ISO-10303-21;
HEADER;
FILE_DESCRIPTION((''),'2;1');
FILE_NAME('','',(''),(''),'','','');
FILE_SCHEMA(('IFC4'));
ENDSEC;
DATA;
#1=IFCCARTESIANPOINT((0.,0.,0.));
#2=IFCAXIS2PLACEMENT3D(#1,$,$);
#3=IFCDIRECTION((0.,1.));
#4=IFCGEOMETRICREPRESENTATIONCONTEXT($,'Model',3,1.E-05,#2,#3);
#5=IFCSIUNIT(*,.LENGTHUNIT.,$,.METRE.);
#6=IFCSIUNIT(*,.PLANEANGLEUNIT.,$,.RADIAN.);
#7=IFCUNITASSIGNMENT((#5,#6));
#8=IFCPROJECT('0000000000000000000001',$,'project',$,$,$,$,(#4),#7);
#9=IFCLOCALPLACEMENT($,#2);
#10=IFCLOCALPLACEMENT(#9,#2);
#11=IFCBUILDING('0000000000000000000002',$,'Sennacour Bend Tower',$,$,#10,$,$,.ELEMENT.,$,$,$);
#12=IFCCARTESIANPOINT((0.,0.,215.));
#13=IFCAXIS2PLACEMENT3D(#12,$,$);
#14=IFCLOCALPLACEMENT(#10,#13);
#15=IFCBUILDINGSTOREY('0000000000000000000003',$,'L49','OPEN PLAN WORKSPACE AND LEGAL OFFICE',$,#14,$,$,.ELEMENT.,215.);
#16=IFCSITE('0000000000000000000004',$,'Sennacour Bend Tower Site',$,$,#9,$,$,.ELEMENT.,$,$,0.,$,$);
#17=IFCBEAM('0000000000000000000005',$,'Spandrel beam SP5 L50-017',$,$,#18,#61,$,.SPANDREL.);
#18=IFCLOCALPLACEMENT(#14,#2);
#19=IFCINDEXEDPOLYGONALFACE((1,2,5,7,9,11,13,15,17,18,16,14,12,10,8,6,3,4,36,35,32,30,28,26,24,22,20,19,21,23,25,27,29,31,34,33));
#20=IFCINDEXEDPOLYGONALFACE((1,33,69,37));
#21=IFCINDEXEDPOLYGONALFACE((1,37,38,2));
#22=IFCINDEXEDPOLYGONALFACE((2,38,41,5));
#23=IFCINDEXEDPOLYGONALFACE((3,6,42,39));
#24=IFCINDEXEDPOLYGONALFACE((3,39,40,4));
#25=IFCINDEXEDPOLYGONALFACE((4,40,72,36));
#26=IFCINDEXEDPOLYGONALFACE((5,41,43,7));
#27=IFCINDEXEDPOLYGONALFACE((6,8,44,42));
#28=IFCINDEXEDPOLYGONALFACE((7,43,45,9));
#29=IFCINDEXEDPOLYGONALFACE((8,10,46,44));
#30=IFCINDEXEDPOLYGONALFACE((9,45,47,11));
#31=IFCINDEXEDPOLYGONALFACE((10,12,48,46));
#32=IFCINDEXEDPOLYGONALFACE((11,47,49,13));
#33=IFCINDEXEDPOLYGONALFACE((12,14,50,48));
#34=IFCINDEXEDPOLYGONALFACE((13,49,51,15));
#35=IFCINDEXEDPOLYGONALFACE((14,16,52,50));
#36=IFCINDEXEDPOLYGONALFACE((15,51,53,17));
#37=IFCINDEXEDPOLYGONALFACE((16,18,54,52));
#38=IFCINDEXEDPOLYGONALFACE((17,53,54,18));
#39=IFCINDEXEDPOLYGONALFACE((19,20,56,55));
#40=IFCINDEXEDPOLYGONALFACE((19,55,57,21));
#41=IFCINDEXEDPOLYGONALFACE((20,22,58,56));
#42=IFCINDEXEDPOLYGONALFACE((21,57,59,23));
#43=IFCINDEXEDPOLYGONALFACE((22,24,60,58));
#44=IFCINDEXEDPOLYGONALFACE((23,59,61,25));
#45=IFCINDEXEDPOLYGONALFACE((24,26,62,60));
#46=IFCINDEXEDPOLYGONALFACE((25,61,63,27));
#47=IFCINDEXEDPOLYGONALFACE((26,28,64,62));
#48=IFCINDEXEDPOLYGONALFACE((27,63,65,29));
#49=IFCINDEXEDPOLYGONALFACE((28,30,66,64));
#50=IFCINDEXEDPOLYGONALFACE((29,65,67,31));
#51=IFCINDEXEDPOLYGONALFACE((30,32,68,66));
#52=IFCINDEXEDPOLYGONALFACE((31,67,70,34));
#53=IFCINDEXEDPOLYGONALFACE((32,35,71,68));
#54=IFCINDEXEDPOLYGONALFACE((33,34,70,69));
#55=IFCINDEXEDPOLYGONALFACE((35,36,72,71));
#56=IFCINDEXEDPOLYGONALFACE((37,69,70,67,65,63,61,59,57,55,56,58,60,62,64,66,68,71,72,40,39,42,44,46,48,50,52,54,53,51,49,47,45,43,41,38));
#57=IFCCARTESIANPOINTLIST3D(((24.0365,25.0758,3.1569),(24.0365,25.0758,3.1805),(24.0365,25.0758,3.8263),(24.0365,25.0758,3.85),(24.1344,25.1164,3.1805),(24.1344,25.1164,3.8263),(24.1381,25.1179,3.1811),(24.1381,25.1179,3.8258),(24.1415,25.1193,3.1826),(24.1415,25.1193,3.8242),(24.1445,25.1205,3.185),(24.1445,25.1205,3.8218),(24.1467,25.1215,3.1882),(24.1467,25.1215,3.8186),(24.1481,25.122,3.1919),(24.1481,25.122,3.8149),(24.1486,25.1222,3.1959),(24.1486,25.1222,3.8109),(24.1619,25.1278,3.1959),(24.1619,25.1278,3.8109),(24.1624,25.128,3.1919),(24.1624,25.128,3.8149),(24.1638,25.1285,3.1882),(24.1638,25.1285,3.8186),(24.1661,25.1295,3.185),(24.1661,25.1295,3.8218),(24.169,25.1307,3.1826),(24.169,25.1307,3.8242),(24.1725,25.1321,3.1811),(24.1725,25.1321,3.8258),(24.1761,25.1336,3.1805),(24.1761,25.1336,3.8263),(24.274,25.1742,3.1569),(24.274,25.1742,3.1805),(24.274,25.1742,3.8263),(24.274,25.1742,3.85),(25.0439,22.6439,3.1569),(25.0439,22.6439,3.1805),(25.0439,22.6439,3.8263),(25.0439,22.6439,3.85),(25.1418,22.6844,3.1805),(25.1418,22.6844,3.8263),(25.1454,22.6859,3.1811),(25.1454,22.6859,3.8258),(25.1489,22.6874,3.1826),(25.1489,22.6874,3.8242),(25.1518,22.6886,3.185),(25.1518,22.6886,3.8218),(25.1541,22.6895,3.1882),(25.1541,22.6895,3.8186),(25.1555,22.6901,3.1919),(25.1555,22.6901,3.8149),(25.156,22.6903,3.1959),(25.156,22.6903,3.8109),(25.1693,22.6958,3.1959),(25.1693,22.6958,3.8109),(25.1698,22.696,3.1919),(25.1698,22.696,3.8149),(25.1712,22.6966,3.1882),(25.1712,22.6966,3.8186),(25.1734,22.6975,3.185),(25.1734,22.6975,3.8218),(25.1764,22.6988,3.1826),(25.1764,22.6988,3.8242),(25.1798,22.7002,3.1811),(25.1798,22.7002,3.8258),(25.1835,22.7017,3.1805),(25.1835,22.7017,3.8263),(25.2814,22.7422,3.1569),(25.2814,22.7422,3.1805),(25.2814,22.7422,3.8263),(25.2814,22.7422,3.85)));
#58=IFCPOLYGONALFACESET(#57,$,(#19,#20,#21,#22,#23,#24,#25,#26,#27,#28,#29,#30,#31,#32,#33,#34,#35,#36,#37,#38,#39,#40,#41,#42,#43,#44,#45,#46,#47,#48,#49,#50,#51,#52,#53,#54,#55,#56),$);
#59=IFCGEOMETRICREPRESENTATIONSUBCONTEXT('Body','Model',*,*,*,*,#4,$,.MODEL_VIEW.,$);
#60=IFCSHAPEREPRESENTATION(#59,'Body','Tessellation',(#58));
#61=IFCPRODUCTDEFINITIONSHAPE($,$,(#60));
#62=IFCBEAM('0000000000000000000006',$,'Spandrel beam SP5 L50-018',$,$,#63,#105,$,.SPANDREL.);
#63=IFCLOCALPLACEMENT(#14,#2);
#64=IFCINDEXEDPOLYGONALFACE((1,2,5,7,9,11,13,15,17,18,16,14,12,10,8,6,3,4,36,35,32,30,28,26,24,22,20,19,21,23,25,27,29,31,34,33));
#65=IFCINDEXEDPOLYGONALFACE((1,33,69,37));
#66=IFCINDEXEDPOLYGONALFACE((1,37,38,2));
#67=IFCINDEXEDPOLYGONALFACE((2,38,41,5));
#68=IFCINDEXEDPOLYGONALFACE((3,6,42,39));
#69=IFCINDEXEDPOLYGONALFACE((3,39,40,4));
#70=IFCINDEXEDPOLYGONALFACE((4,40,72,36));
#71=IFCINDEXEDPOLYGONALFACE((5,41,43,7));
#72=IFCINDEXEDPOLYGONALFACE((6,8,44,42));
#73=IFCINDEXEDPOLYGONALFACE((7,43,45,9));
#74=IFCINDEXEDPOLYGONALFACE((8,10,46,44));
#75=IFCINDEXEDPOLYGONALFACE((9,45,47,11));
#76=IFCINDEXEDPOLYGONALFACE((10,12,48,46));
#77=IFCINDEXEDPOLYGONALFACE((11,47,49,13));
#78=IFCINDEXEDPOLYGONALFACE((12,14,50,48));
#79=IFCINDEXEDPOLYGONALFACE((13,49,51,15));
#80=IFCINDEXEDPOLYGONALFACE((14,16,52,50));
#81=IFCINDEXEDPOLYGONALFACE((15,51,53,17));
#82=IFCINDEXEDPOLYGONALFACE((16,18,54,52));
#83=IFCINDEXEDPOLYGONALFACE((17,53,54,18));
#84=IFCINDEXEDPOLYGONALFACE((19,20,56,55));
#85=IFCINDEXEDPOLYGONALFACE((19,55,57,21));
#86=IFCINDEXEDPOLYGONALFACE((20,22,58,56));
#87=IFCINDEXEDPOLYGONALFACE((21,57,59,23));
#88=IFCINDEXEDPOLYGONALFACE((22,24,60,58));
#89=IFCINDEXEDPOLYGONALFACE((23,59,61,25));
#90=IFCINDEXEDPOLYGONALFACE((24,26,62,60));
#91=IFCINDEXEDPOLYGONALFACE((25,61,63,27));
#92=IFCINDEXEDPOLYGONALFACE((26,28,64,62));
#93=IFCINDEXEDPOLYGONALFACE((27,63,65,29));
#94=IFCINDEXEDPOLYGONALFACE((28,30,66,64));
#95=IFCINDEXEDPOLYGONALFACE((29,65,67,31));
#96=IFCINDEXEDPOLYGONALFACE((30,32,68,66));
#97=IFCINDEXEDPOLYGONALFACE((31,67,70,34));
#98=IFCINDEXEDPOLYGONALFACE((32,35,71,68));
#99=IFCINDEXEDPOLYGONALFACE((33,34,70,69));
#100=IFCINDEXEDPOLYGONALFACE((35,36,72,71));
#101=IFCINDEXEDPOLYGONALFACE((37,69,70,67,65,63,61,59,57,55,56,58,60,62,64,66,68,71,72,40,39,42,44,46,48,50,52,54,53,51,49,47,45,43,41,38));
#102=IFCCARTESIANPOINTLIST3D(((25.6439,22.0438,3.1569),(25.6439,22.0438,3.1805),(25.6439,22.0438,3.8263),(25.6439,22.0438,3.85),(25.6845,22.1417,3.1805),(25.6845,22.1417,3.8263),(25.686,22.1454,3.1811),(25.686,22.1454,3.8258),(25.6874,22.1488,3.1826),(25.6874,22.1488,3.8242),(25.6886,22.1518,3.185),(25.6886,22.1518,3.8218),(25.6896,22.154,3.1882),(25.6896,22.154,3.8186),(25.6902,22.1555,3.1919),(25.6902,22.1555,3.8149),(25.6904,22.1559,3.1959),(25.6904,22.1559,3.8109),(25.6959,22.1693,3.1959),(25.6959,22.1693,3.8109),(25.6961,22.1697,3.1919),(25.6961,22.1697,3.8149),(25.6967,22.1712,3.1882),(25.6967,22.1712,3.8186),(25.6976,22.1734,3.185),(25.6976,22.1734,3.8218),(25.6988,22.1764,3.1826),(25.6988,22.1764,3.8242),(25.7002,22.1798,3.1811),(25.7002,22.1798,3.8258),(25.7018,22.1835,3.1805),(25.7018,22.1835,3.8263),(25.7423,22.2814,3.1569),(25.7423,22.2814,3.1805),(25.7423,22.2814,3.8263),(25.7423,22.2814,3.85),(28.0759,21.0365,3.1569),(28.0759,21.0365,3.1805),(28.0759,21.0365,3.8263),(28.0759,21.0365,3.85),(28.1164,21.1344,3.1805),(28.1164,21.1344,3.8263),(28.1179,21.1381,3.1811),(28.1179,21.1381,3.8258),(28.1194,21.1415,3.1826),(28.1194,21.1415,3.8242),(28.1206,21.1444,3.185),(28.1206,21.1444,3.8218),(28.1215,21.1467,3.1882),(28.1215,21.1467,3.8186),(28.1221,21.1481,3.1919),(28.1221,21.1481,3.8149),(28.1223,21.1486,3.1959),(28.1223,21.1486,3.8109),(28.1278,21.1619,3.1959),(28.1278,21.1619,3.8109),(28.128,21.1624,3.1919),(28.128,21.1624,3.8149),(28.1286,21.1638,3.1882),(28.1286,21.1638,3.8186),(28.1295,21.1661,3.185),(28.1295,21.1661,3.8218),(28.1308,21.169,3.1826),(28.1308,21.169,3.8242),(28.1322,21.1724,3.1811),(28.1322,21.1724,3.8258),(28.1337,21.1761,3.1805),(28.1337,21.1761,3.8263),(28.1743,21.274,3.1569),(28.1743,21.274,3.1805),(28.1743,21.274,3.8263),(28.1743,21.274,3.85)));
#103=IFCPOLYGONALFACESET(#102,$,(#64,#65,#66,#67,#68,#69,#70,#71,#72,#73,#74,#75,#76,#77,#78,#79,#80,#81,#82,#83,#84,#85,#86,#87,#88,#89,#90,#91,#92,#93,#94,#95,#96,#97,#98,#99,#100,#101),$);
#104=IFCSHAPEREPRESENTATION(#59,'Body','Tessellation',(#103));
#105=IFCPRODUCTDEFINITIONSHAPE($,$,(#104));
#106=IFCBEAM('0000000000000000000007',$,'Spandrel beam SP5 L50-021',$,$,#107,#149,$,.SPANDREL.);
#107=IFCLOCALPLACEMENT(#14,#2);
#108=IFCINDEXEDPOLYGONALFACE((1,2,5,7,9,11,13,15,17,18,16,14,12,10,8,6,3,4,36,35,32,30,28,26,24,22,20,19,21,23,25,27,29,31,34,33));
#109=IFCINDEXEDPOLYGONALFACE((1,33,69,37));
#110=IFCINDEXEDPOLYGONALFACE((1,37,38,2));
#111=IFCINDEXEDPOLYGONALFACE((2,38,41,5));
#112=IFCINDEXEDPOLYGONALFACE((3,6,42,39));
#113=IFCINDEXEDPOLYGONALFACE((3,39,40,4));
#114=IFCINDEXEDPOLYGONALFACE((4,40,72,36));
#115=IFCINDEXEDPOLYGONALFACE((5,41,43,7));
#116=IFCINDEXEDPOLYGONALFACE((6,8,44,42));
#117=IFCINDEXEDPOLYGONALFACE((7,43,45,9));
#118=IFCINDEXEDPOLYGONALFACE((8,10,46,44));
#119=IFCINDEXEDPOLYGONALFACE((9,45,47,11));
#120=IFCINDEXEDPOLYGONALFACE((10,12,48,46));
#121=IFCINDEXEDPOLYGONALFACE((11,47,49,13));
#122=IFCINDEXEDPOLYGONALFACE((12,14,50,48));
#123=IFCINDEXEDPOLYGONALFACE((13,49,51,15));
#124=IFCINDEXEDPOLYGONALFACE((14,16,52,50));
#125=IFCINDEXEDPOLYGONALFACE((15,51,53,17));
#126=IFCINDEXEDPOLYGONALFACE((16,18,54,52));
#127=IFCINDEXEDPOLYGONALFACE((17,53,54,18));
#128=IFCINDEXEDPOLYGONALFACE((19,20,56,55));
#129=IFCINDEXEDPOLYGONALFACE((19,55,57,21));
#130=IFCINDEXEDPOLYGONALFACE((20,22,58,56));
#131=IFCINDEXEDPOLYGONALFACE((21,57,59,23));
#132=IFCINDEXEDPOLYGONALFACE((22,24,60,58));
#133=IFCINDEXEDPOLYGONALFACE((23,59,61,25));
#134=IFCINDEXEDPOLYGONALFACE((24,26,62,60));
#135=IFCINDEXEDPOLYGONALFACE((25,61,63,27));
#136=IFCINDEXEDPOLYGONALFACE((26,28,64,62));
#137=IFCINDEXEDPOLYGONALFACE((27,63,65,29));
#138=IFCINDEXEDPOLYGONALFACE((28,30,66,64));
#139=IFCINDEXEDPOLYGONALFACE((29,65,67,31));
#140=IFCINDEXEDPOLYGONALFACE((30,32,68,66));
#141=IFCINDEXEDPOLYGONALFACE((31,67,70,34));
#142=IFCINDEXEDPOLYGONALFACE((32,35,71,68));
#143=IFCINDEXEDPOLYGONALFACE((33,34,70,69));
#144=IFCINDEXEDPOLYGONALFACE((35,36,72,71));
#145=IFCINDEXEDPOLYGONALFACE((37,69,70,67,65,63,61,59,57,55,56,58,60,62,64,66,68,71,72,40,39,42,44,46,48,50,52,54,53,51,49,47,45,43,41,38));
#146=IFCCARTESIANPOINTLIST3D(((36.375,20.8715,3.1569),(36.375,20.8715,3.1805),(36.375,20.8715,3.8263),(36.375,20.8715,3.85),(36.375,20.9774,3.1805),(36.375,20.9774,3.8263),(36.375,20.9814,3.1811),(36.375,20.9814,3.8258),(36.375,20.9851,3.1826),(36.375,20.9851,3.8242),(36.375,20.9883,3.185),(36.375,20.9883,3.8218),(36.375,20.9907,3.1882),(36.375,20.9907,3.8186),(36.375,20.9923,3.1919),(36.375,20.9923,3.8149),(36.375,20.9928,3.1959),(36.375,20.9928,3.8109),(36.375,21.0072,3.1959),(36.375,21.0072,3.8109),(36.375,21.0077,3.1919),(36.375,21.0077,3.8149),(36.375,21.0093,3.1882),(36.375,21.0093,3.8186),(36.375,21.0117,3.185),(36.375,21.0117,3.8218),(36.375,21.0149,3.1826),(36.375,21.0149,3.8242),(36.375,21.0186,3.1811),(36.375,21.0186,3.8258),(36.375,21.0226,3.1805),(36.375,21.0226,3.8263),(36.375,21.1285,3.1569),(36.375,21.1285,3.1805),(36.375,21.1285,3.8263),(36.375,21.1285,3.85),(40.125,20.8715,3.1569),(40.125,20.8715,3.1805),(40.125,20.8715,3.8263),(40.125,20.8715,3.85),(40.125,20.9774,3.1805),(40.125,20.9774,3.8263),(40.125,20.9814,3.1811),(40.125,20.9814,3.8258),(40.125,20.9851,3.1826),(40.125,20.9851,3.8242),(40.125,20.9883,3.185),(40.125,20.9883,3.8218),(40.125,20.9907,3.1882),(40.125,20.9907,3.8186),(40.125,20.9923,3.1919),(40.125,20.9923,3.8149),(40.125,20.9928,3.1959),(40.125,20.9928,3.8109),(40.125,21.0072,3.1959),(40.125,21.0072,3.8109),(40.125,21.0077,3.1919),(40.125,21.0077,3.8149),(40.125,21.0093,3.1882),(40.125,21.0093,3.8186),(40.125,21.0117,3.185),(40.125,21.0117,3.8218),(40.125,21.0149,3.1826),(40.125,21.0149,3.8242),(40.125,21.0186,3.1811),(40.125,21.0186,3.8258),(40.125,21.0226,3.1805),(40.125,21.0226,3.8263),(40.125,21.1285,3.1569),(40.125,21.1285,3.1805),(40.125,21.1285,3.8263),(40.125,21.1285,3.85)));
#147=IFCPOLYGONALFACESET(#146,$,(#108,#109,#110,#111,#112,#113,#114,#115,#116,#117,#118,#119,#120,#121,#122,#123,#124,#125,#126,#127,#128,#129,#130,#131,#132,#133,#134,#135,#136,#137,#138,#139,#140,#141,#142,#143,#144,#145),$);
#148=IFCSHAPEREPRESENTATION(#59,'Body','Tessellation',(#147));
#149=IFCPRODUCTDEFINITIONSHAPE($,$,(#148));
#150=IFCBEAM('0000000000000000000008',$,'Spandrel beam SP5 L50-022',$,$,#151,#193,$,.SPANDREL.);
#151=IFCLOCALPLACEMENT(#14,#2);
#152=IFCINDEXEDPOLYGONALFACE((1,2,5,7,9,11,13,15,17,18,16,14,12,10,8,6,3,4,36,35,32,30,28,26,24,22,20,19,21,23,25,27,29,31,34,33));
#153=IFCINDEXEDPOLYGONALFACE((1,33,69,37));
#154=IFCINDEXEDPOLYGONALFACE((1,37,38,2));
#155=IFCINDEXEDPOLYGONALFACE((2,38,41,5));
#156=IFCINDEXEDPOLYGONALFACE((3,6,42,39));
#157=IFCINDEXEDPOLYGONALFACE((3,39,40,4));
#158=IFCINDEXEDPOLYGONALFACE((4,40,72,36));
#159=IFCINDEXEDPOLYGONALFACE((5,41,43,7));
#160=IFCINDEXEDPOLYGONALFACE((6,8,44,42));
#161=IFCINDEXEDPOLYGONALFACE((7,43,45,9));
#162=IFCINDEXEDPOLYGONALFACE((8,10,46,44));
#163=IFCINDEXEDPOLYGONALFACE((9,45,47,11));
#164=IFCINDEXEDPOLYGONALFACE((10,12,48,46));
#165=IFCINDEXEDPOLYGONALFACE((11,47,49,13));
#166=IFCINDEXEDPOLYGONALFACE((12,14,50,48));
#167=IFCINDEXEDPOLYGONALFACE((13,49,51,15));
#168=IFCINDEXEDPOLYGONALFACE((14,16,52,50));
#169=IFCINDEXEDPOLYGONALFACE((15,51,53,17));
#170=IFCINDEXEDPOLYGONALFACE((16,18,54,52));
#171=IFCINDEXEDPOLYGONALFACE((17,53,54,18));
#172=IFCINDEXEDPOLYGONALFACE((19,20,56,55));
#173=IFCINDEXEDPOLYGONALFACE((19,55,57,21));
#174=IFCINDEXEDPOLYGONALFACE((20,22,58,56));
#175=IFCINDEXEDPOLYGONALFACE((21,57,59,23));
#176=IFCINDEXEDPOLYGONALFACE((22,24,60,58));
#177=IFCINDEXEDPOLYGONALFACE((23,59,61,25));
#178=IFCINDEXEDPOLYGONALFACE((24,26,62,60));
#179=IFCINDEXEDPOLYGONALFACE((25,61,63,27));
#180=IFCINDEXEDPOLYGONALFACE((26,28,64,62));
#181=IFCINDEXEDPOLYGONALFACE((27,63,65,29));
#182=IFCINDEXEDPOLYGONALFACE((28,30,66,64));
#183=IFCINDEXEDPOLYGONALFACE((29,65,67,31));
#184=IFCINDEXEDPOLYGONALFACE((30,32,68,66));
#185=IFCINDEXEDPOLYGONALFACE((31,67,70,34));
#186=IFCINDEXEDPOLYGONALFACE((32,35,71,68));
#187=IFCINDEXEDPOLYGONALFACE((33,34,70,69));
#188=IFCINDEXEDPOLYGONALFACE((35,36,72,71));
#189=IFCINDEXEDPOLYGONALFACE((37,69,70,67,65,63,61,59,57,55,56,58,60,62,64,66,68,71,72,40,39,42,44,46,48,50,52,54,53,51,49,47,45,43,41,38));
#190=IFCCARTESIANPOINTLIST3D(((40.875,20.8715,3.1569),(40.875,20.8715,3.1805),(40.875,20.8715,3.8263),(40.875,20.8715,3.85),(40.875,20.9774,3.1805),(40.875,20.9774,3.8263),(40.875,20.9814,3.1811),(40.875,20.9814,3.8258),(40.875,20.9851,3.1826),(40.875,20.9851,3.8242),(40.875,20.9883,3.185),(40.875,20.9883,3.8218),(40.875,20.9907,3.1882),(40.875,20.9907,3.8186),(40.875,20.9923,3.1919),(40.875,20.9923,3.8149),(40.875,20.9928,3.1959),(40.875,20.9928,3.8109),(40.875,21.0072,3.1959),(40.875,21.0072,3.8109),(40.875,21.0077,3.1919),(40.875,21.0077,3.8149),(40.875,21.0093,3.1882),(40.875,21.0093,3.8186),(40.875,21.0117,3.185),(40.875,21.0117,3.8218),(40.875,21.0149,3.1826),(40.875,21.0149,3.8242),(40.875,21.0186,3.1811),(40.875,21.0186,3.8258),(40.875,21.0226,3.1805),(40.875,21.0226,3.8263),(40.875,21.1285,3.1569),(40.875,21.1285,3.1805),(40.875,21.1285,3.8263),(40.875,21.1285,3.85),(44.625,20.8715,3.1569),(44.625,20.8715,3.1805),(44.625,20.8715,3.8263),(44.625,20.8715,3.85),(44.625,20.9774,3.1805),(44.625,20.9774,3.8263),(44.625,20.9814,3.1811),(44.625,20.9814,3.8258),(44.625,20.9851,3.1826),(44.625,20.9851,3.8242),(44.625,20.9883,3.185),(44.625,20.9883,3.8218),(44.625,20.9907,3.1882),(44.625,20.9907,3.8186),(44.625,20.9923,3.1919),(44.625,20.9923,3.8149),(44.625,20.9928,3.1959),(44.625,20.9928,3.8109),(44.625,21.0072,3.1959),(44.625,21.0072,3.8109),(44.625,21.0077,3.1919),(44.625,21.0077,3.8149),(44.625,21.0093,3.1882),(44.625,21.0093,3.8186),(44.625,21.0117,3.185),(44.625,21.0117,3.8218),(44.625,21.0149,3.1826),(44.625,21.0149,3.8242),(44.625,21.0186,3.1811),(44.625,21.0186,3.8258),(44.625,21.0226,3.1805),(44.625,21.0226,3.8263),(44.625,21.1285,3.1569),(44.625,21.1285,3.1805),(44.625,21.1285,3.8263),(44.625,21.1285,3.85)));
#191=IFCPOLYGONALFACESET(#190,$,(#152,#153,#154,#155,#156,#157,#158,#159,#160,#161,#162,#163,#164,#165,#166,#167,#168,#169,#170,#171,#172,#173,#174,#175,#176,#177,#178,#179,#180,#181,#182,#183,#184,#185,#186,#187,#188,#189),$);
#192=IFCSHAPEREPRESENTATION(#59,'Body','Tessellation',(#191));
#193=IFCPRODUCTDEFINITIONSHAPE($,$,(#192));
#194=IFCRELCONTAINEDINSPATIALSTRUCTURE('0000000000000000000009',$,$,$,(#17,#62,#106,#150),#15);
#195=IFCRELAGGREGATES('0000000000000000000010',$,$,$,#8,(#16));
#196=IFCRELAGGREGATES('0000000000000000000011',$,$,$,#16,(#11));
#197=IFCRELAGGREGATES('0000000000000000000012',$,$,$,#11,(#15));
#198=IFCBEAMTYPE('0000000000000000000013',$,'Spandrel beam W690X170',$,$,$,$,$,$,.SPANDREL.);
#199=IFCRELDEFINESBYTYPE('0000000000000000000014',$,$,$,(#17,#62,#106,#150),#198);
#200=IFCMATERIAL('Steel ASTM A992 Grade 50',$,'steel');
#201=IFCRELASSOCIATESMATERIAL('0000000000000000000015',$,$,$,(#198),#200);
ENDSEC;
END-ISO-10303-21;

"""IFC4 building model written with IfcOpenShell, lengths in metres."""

from ifc_helpers import new_model, si_unit, direction, frame, origin, origin_2d, place, context, subcontext, project, spatial, i_section, extrude, material, material_profile, profile_set, type_object, element, save


model = new_model("IFC4")

# Units and contexts
model_context = context("Model", 3, precision=1e-05, world=origin(), true_north=direction((0.0, 1.0)))
body_context = subcontext(model_context, "Body", "Model", "MODEL_VIEW")
ifc_project = project(units=[si_unit("LENGTHUNIT", "METRE"), si_unit("PLANEANGLEUNIT", "RADIAN")], contexts=[model_context])

# Site, building, storey
site_placement = place(None, origin())
site = spatial("IfcSite", under=ifc_project, at=site_placement, Name="Sennacour Bend Tower Site", CompositionType="ELEMENT", RefElevation=0.0)
building_placement = place(site_placement, origin())
building = spatial("IfcBuilding", under=site, at=building_placement, Name="Sennacour Bend Tower", CompositionType="ELEMENT")
storey_placement = place(building_placement, frame((0.0, 0.0, 215.0)))
storey = spatial("IfcBuildingStorey", under=building, at=storey_placement, Name="L49", Description="OPEN PLAN WORKSPACE AND LEGAL OFFICE", CompositionType="ELEMENT", Elevation=215.0)

# Beams
ifc_material_1 = material(Name="Steel ASTM A992 Grade 50", Category="steel")
ifc_material_profile_1 = material_profile(ifc_material_1, i_section(OverallWidth=0.2571, OverallDepth=0.6931, WebThickness=0.0144, FlangeThickness=0.0237, FilletRadius=0.0154, at=origin_2d()), Name="Steel ASTM A992 Grade 50", Category="steel")
ifc_profile_set_1 = profile_set([ifc_material_profile_1], Name="Steel ASTM A992 Grade 50")
beam_type = type_object("IfcBeamType", Name="Spandrel beam W690X170", PredefinedType="SPANDREL", material=ifc_profile_set_1)
for number, where, z_axis, x_axis, name in (
    (1, (24.1553, 25.125, 3.5034), (0.382685, -0.923879, 0.0), (0.923879, 0.382685, 0.0), "Spandrel beam SP5 L50-017"),
    (2, (25.6931, 22.1626, 3.5034), (0.923879, -0.382685, 0.0), (0.382685, 0.923879, 0.0), "Spandrel beam SP5 L50-018"),
):
    element("IfcBeam", number, at=place(storey_placement, frame(where, z_axis=z_axis, x_axis=x_axis)), inside=storey, type_object=beam_type, Name=name, PredefinedType="SPANDREL", context=body_context, shape_type="SweptSolid", body=[
        extrude(i_section(OverallWidth=0.2571, OverallDepth=0.6931, WebThickness=0.0144, FlangeThickness=0.0237, FilletRadius=0.0154, at=origin_2d()), origin(), (0.0, 0.0, 1.0), 2.6323),
    ])
for number, where, z_axis, x_axis, name in (
    (3, (36.375, 21.0, 3.5034), (1.0, 0.0, 0.0), (0.0, 1.0, 0.0), "Spandrel beam SP5 L50-021"),
    (4, (40.875, 21.0, 3.5034), (1.0, 0.0, 0.0), (0.0, 1.0, 0.0), "Spandrel beam SP5 L50-022"),
):
    element("IfcBeam", number, at=place(storey_placement, frame(where, z_axis=z_axis, x_axis=x_axis)), inside=storey, type_object=beam_type, Name=name, PredefinedType="SPANDREL", context=body_context, shape_type="SweptSolid", body=[
        extrude(i_section(OverallWidth=0.2571, OverallDepth=0.6931, WebThickness=0.0144, FlangeThickness=0.0237, FilletRadius=0.0154, at=origin_2d()), origin(), (0.0, 0.0, 1.0), 3.75),
    ])

save(model, "model.ifc")
